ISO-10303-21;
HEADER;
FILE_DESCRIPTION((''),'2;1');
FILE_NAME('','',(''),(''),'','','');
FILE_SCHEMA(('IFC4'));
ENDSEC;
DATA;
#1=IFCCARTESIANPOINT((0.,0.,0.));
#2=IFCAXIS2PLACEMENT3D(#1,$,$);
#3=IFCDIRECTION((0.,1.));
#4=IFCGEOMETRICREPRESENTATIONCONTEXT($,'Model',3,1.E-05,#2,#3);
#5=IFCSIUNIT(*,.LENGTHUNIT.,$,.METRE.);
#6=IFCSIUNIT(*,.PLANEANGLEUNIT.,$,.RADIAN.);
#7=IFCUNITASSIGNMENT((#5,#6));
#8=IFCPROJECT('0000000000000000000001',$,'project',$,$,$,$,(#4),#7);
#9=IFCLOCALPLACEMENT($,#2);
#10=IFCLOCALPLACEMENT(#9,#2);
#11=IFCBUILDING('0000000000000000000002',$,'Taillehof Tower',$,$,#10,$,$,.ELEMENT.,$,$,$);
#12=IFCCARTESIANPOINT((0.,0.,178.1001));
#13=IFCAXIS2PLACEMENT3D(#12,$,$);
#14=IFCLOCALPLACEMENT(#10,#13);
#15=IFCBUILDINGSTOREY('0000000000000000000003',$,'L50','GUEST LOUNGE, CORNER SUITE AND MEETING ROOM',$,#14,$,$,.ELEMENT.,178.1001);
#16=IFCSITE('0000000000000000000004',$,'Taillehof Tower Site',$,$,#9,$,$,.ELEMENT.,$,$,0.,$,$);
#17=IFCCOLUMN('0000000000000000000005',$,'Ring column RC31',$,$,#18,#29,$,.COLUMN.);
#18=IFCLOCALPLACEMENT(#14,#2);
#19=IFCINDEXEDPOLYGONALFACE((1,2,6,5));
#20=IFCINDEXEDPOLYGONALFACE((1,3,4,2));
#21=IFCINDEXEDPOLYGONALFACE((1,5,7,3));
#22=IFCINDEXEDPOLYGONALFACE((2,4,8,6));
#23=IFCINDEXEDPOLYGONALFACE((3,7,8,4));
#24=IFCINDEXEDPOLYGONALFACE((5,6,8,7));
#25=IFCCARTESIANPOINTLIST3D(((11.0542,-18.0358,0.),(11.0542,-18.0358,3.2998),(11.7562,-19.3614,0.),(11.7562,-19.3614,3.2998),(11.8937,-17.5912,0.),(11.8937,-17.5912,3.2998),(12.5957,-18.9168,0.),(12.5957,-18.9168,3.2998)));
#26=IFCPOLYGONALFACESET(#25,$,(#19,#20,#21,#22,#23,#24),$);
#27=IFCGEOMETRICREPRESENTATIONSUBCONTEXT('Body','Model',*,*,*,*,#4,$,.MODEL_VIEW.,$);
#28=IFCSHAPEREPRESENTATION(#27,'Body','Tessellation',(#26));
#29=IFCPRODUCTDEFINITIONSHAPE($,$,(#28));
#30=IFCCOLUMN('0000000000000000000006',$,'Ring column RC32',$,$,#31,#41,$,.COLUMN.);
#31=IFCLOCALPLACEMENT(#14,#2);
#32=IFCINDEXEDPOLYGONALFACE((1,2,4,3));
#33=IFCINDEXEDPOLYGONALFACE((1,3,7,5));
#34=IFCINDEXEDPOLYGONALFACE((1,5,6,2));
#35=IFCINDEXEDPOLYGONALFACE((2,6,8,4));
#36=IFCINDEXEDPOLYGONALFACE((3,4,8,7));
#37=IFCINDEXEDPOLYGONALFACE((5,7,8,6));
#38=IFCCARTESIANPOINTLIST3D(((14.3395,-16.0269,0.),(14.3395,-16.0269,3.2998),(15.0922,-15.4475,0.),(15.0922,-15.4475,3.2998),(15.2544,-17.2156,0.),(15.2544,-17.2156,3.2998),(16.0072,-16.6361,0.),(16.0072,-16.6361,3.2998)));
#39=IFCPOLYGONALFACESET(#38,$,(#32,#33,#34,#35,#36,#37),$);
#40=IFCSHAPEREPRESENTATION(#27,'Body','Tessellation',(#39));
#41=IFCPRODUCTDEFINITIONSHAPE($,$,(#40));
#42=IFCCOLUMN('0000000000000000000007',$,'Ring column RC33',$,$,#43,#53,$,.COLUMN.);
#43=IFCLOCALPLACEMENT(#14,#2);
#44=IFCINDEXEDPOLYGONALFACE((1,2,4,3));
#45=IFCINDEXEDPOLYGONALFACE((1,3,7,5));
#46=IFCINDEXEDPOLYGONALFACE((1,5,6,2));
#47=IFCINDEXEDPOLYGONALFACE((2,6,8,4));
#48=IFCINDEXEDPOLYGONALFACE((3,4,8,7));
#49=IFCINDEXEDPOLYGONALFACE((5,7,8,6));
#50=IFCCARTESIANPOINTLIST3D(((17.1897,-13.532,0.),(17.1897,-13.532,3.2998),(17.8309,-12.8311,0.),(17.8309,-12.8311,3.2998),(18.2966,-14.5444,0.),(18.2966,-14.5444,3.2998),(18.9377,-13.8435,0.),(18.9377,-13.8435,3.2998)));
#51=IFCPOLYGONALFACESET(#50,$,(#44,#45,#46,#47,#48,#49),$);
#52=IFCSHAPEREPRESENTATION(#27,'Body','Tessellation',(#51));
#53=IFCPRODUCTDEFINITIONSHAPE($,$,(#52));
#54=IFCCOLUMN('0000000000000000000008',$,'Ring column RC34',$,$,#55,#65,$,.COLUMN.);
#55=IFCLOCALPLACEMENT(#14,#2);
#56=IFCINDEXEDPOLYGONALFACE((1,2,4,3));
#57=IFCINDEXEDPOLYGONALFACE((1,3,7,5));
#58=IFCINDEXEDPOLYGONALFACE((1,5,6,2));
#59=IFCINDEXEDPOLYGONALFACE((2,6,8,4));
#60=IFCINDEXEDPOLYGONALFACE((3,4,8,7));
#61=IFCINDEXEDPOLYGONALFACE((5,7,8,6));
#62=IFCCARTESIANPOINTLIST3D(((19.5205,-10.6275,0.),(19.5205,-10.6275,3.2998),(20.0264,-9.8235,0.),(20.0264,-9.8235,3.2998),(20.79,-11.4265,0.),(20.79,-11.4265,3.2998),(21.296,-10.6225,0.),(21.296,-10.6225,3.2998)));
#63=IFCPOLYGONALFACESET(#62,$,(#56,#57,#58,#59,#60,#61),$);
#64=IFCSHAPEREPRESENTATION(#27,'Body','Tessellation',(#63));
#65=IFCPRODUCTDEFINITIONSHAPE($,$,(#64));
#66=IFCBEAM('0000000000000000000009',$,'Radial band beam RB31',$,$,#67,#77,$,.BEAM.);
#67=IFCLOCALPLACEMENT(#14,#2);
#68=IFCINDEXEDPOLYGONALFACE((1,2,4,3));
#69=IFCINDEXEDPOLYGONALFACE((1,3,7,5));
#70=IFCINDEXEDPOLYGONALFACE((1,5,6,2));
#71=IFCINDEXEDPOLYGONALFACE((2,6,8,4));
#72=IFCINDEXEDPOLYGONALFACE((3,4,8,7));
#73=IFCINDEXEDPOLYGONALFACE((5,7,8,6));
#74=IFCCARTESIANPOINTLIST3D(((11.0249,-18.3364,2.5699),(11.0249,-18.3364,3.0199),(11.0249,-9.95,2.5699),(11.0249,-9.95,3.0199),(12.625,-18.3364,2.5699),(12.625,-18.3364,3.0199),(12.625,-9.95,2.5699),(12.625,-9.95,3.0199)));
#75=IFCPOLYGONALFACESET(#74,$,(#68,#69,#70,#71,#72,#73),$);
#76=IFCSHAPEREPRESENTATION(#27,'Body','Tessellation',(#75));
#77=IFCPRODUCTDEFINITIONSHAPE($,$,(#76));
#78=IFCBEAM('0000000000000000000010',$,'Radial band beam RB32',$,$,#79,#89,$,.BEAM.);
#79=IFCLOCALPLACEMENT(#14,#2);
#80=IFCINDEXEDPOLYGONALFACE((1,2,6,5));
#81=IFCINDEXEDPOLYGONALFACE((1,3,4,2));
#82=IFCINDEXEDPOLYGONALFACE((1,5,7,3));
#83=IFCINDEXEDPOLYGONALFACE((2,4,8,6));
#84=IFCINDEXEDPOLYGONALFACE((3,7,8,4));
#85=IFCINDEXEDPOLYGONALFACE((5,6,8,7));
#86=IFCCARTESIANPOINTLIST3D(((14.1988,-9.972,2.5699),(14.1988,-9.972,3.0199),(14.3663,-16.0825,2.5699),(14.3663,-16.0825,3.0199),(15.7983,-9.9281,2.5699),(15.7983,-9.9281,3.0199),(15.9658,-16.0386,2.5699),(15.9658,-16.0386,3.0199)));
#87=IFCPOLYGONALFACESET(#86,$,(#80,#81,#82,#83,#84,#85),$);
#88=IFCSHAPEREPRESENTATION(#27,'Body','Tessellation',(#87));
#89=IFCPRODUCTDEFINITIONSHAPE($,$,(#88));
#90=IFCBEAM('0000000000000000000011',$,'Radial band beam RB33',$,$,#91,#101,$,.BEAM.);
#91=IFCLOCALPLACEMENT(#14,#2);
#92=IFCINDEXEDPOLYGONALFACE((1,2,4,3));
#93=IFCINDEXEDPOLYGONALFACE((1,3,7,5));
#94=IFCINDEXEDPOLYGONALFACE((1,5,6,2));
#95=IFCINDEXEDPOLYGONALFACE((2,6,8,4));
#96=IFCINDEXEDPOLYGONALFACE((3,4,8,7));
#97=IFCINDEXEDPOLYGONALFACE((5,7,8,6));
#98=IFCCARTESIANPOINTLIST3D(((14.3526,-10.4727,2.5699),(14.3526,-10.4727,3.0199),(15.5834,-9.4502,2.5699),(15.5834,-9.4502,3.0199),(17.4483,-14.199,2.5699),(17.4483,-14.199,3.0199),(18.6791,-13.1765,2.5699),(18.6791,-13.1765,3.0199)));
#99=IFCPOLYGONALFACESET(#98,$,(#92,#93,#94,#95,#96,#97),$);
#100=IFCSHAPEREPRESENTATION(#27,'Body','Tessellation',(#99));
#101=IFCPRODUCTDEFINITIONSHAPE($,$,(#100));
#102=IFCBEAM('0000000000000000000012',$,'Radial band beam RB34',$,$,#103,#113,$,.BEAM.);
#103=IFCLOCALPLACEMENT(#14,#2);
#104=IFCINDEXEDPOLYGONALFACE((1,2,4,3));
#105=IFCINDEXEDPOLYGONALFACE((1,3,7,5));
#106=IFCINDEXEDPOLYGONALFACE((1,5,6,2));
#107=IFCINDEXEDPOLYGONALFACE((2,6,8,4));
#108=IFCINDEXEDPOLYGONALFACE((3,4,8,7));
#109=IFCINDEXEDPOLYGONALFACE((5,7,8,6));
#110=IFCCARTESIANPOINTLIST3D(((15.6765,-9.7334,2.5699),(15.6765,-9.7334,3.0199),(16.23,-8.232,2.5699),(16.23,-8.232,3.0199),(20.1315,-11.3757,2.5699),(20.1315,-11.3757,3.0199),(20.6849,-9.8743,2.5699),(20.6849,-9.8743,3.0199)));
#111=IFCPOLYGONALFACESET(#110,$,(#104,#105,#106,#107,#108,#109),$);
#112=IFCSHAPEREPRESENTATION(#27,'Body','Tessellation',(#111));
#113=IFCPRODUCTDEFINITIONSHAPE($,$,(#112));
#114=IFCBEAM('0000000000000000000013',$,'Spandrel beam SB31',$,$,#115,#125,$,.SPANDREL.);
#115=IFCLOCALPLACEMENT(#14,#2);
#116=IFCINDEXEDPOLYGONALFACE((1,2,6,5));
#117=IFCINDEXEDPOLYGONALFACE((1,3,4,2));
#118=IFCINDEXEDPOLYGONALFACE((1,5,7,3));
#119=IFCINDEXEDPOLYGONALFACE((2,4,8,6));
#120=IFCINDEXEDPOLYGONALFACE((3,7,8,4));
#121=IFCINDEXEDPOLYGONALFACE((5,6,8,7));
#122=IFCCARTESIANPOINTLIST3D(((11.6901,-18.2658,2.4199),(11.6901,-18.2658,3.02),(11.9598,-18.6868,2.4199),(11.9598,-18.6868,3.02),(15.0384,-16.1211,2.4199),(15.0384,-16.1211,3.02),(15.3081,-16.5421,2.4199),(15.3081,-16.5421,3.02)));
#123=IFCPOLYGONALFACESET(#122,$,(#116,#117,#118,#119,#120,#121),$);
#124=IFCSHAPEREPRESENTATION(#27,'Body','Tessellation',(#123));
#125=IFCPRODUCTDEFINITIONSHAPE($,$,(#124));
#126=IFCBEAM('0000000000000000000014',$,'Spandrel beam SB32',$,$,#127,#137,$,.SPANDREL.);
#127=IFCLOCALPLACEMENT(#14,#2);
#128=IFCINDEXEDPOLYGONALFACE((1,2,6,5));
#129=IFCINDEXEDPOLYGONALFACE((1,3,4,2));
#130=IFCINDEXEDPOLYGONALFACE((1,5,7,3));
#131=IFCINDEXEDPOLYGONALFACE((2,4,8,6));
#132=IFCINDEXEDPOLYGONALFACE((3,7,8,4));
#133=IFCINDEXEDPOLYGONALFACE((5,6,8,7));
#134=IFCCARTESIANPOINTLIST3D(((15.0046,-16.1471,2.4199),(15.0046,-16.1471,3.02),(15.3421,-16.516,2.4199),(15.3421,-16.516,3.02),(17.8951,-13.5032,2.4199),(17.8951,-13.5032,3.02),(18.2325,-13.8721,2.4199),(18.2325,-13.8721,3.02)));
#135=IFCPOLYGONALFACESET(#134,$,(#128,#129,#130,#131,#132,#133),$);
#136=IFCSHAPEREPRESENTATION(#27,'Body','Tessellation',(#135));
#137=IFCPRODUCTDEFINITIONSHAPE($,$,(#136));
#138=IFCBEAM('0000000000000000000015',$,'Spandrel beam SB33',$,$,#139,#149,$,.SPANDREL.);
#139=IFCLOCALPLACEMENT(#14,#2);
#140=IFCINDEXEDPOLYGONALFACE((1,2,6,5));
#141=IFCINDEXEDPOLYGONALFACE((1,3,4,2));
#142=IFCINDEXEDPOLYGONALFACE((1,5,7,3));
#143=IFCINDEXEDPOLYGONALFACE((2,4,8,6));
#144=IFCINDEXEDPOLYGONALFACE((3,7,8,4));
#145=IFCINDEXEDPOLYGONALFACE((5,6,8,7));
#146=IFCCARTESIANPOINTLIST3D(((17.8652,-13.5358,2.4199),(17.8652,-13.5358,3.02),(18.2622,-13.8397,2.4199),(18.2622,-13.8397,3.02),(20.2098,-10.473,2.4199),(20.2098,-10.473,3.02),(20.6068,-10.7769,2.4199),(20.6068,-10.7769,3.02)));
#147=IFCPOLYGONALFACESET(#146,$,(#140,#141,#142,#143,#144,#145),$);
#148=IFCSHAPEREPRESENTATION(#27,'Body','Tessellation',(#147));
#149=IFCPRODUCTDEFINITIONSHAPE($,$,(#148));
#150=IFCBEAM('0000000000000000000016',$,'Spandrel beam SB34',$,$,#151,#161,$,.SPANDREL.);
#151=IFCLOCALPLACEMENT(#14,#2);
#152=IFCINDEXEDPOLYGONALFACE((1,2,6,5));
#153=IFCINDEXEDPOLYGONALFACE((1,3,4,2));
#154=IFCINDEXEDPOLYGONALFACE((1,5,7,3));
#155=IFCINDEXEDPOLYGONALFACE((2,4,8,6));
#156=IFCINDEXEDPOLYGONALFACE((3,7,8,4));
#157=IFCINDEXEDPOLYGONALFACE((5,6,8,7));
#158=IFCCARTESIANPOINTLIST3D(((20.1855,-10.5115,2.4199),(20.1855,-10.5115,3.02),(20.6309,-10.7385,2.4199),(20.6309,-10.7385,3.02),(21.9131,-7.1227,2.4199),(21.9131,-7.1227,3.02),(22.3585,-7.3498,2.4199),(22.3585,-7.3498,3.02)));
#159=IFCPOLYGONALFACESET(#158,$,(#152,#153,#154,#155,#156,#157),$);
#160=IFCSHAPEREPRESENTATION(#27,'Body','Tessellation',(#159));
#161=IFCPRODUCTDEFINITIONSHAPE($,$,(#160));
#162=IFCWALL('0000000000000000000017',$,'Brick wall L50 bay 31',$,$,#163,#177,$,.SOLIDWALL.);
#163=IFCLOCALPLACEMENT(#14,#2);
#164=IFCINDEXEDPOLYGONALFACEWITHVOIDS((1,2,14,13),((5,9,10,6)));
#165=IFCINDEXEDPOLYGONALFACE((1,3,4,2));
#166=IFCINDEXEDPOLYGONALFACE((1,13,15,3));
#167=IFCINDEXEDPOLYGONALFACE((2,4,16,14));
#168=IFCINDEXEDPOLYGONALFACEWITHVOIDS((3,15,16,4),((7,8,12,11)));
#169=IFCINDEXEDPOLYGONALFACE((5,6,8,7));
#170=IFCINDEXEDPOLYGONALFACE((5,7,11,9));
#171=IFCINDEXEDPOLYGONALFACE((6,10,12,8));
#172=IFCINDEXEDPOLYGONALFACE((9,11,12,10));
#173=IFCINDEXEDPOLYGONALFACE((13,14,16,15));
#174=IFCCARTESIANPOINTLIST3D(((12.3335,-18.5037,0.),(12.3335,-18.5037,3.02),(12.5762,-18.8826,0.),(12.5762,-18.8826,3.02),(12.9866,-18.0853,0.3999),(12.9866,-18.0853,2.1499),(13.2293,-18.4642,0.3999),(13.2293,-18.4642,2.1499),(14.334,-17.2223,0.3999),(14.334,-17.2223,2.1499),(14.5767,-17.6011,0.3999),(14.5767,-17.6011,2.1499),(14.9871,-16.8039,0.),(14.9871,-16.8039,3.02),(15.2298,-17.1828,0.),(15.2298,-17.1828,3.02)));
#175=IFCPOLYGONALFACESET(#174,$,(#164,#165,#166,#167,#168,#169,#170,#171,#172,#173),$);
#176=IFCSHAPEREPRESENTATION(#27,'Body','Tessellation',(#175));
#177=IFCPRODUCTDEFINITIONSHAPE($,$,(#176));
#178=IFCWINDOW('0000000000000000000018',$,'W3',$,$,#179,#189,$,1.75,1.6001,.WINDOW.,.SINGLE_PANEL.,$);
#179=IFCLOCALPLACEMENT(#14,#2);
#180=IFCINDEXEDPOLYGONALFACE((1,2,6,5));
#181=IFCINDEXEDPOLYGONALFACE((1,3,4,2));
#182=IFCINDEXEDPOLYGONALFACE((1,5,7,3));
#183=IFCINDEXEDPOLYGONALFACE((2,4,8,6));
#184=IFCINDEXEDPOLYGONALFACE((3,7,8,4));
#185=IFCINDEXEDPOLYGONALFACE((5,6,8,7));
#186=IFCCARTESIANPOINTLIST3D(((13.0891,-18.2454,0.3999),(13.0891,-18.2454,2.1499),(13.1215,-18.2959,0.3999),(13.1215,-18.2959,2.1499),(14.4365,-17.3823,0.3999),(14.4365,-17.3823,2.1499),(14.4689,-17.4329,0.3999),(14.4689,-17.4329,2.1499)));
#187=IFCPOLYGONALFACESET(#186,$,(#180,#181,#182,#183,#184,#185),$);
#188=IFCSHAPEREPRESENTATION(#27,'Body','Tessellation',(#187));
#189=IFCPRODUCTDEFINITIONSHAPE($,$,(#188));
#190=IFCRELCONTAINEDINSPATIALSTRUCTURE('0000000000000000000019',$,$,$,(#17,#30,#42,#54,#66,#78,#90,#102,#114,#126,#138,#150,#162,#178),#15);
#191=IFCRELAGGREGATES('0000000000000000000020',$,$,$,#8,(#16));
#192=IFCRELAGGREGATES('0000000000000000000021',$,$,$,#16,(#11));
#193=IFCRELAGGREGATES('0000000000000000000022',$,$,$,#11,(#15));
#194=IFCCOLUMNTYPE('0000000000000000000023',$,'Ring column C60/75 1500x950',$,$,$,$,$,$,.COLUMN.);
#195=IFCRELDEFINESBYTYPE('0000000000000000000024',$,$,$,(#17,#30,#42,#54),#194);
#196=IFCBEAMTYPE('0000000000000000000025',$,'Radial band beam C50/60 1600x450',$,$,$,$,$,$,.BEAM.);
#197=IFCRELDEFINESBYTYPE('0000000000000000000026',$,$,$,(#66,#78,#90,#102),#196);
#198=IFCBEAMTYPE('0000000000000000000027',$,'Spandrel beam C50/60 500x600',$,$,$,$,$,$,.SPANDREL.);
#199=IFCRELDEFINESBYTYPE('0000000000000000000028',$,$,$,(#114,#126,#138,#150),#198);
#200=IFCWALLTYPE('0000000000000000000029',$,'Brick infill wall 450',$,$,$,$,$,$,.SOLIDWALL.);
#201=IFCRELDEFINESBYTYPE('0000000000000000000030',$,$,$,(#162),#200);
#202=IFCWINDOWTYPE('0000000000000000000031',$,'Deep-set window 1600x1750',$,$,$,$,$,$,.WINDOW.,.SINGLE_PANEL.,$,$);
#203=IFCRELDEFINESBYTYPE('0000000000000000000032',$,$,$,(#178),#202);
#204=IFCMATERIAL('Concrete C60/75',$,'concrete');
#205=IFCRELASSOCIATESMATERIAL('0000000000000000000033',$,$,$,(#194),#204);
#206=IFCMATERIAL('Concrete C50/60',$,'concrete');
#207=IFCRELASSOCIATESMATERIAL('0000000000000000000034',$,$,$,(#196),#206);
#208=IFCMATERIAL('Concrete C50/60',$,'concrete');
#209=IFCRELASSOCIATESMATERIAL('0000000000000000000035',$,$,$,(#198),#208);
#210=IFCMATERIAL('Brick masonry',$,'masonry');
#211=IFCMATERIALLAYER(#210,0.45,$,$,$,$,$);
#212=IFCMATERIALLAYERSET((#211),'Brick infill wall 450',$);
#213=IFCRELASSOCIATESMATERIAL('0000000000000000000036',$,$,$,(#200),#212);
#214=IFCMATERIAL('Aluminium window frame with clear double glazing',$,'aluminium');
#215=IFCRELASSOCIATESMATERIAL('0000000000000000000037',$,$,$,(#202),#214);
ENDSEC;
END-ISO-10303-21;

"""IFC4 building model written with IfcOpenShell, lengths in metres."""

from ifc_helpers import new_model, si_unit, direction, frame, frame_2d, origin, origin_2d, place, context, subcontext, project, spatial, rectangle, extrude, material, layer, layer_set, material_profile, profile_set, type_object, element, fill, save


model = new_model("IFC4")

# Units and contexts
model_context = context("Model", 3, precision=1e-05, world=origin(), true_north=direction((0.0, 1.0)))
body_context = subcontext(model_context, "Body", "Model", "MODEL_VIEW")
ifc_project = project(units=[si_unit("LENGTHUNIT", "METRE"), si_unit("PLANEANGLEUNIT", "RADIAN")], contexts=[model_context])

# Site, building, storey
site_placement = place(None, origin())
site = spatial("IfcSite", under=ifc_project, at=site_placement, Name="Taillehof Tower Site", CompositionType="ELEMENT", RefElevation=0.0)
building_placement = place(site_placement, origin())
building = spatial("IfcBuilding", under=site, at=building_placement, Name="Taillehof Tower", CompositionType="ELEMENT")
storey_placement = place(building_placement, frame((0.0, 0.0, 178.1001)))
storey = spatial("IfcBuildingStorey", under=building, at=storey_placement, Name="L50", Description="GUEST LOUNGE, CORNER SUITE AND MEETING ROOM", CompositionType="ELEMENT", Elevation=178.1001)

# Columns
ifc_material_1 = material(Name="Concrete C60/75", Category="concrete")
ifc_material_profile_1 = material_profile(ifc_material_1, rectangle(XDim=1.5, YDim=0.95, at=origin_2d()), Name="RC 1500x950")
ifc_profile_set_1 = profile_set([ifc_material_profile_1], Name="Concrete C60/75")
column_type = type_object("IfcColumnType", Name="Ring column C60/75 1500x950", PredefinedType="COLUMN", material=ifc_profile_set_1)
for number, where, z_axis, x_axis, name in (
    (1, (11.825, -18.4763, 0.0), (0.0, 0.0, 1.0), (0.468042, -0.883706, 0.0), "Ring column RC31"),
    (2, (15.1733, -16.3315, 0.0), (0.0, 0.0, 1.0), (0.609971, -0.792424, 0.0), "Ring column RC32"),
    (3, (18.0637, -13.6877, 0.0), (0.0, 0.0, 1.0), (0.737879, -0.674933, 0.0), "Ring column RC33"),
    (4, (20.4082, -10.625, 0.0), (0.0, 0.0, 1.0), (0.846334, -0.532652, 0.0), "Ring column RC34"),
):
    element("IfcColumn", number, at=place(storey_placement, frame(where, z_axis=z_axis, x_axis=x_axis)), inside=storey, type_object=column_type, Name=name, PredefinedType="COLUMN", context=body_context, shape_type="SweptSolid", body=[
        extrude(rectangle(XDim=1.5, YDim=0.95, at=origin_2d()), origin(), (0.0, 0.0, 1.0), 3.2998),
    ])

# Beams
ifc_material_2 = material(Name="Concrete C50/60", Category="concrete")
ifc_material_profile_2 = material_profile(ifc_material_2, rectangle(XDim=1.6001, YDim=0.45, at=origin_2d()), Name="RC 1600x450")
ifc_profile_set_2 = profile_set([ifc_material_profile_2], Name="Concrete C50/60")
beam_type_1 = type_object("IfcBeamType", Name="Radial band beam C50/60 1600x450", PredefinedType="BEAM", material=ifc_profile_set_2)
beam_1_placement = place(storey_placement, frame((11.825, -18.3364, 2.7949), z_axis=(0.0, 1.0, 0.0), x_axis=(-1.0, 0.0, 0.0)))
element("IfcBeam", 5, at=beam_1_placement, inside=storey, type_object=beam_type_1, Name="Radial band beam RB31", PredefinedType="BEAM", context=body_context, shape_type="SweptSolid", body=[
    extrude(rectangle(XDim=1.6001, YDim=0.45, at=origin_2d()), origin(), (0.0, 0.0, 1.0), 8.3865),
])
beam_2_placement = place(storey_placement, frame((15.166, -16.0605, 2.7949), z_axis=(-0.027398, 0.999625, 0.0), x_axis=(-0.999625, -0.027398, 0.0)))
element("IfcBeam", 6, at=beam_2_placement, inside=storey, type_object=beam_type_1, Name="Radial band beam RB32", PredefinedType="BEAM", context=body_context, shape_type="SweptSolid", body=[
    extrude(rectangle(XDim=1.6001, YDim=0.45, at=origin_2d()), origin(), (0.0, 0.0, 1.0), 6.1128),
])
beam_3_placement = place(storey_placement, frame((18.0637, -13.6877, 2.7949), z_axis=(-0.639019, 0.769191, 0.0), x_axis=(-0.769191, -0.639019, 0.0)))
element("IfcBeam", 7, at=beam_3_placement, inside=storey, type_object=beam_type_1, Name="Radial band beam RB33", PredefinedType="BEAM", context=body_context, shape_type="SweptSolid", body=[
    extrude(rectangle(XDim=1.6001, YDim=0.45, at=origin_2d()), origin(), (0.0, 0.0, 1.0), 4.8445),
])
beam_4_placement = place(storey_placement, frame((20.4082, -10.625, 2.7949), z_axis=(-0.938276, 0.345889, 0.0), x_axis=(-0.345889, -0.938276, 0.0)))
element("IfcBeam", 8, at=beam_4_placement, inside=storey, type_object=beam_type_1, Name="Radial band beam RB34", PredefinedType="BEAM", context=body_context, shape_type="SweptSolid", body=[
    extrude(rectangle(XDim=1.6001, YDim=0.45, at=origin_2d()), origin(), (0.0, 0.0, 1.0), 4.748),
])
ifc_material_3 = material(Name="Concrete C50/60", Category="concrete")
ifc_material_profile_3 = material_profile(ifc_material_3, rectangle(XDim=0.5, YDim=0.6001, at=origin_2d()), Name="RC 500x600")
ifc_profile_set_3 = profile_set([ifc_material_profile_3], Name="Concrete C50/60")
beam_type_2 = type_object("IfcBeamType", Name="Spandrel beam C50/60 500x600", PredefinedType="SPANDREL", material=ifc_profile_set_3)
beam_5_placement = place(storey_placement, frame((11.825, -18.4763, 2.72), z_axis=(0.842065, 0.539376, 0.0), x_axis=(-0.539376, 0.842065, 0.0)))
element("IfcBeam", 9, at=beam_5_placement, inside=storey, type_object=beam_type_2, Name="Spandrel beam SB31", PredefinedType="SPANDREL", context=body_context, shape_type="SweptSolid", body=[
    extrude(rectangle(XDim=0.5, YDim=0.6001, at=origin_2d()), origin(), (0.0, 0.0, 1.0), 3.9763),
])
beam_6_placement = place(storey_placement, frame((15.1733, -16.3315, 2.72), z_axis=(0.737881, 0.674931, 0.0), x_axis=(-0.674931, 0.737881, 0.0)))
element("IfcBeam", 10, at=beam_6_placement, inside=storey, type_object=beam_type_2, Name="Spandrel beam SB32", PredefinedType="SPANDREL", context=body_context, shape_type="SweptSolid", body=[
    extrude(rectangle(XDim=0.5, YDim=0.6001, at=origin_2d()), origin(), (0.0, 0.0, 1.0), 3.9172),
])
beam_7_placement = place(storey_placement, frame((18.0637, -13.6877, 2.72), z_axis=(0.60784, 0.794059, 0.0), x_axis=(-0.794059, 0.60784, 0.0)))
element("IfcBeam", 11, at=beam_7_placement, inside=storey, type_object=beam_type_2, Name="Spandrel beam SB33", PredefinedType="SPANDREL", context=body_context, shape_type="SweptSolid", body=[
    extrude(rectangle(XDim=0.5, YDim=0.6001, at=origin_2d()), origin(), (0.0, 0.0, 1.0), 3.8572),
])
beam_8_placement = place(storey_placement, frame((20.4082, -10.625, 2.72), z_axis=(0.454183, 0.890908, 0.0), x_axis=(-0.890908, 0.454183, 0.0)))
element("IfcBeam", 12, at=beam_8_placement, inside=storey, type_object=beam_type_2, Name="Spandrel beam SB34", PredefinedType="SPANDREL", context=body_context, shape_type="SweptSolid", body=[
    extrude(rectangle(XDim=0.5, YDim=0.6001, at=origin_2d()), origin(), (0.0, 0.0, 1.0), 3.8037),
])

# Wall, opening, window
ifc_material_4 = material(Name="Brick masonry", Category="masonry")
ifc_layer_1 = layer(ifc_material_4, 0.45)
ifc_layer_set_1 = layer_set([ifc_layer_1], Name="Brick infill wall 450")
wall_type_1 = type_object("IfcWallType", Name="Brick infill wall 450", PredefinedType="SOLIDWALL", material=ifc_layer_set_1)
wall_1_placement = place(storey_placement, frame((12.4548, -18.6931, 0.0), z_axis=(0.0, 0.0, 1.0), x_axis=(0.842066, 0.539375, 0.0)))
wall_1 = element("IfcWall", 13, at=wall_1_placement, inside=storey, type_object=wall_type_1, Name="Brick wall L50 bay 31", PredefinedType="SOLIDWALL", context=body_context, shape_type="SweptSolid", body=[
    extrude(rectangle(XDim=3.1514, YDim=0.45, at=frame_2d((1.5757, 0.0))), origin(), (0.0, 0.0, 1.0), 3.02),
])
opening_1_placement = place(wall_1_placement, frame((0.7756, 0.0, 0.3999)))
opening_1 = element("IfcOpeningElement", 14, at=opening_1_placement, cuts=wall_1, PredefinedType="OPENING", context=body_context, shape_type="SweptSolid", body=[
    extrude(rectangle(XDim=1.6001, YDim=1.75, at=frame_2d((0.8, 0.875))), frame((0.0, 0.2349, 0.0), z_axis=(0.0, -1.0, 0.0), x_axis=(1.0, 0.0, 0.0)), (0.0, 0.0, 1.0), 0.47),
])
ifc_material_5 = material(Name="Aluminium window frame with clear double glazing", Category="aluminium")
window_type_1 = type_object("IfcWindowType", Name="Deep-set window 1600x1750", PartitioningType="SINGLE_PANEL", PredefinedType="WINDOW", material=ifc_material_5)
window_1_placement = place(opening_1_placement, origin())
window_1 = element("IfcWindow", 15, at=window_1_placement, inside=storey, type_object=window_type_1, Name="W3", OverallHeight=1.75, OverallWidth=1.6001, PartitioningType="SINGLE_PANEL", PredefinedType="WINDOW", context=body_context, shape_type="SweptSolid", body=[
    extrude(rectangle(XDim=1.6001, YDim=1.75, at=frame_2d((0.8, 0.875))), frame((0.0, 0.0349, 0.0), z_axis=(0.0, -1.0, 0.0), x_axis=(1.0, 0.0, 0.0)), (0.0, 0.0, 1.0), 0.0601),
])
fill(opening_1, window_1)

save(model, "model.ifc")
